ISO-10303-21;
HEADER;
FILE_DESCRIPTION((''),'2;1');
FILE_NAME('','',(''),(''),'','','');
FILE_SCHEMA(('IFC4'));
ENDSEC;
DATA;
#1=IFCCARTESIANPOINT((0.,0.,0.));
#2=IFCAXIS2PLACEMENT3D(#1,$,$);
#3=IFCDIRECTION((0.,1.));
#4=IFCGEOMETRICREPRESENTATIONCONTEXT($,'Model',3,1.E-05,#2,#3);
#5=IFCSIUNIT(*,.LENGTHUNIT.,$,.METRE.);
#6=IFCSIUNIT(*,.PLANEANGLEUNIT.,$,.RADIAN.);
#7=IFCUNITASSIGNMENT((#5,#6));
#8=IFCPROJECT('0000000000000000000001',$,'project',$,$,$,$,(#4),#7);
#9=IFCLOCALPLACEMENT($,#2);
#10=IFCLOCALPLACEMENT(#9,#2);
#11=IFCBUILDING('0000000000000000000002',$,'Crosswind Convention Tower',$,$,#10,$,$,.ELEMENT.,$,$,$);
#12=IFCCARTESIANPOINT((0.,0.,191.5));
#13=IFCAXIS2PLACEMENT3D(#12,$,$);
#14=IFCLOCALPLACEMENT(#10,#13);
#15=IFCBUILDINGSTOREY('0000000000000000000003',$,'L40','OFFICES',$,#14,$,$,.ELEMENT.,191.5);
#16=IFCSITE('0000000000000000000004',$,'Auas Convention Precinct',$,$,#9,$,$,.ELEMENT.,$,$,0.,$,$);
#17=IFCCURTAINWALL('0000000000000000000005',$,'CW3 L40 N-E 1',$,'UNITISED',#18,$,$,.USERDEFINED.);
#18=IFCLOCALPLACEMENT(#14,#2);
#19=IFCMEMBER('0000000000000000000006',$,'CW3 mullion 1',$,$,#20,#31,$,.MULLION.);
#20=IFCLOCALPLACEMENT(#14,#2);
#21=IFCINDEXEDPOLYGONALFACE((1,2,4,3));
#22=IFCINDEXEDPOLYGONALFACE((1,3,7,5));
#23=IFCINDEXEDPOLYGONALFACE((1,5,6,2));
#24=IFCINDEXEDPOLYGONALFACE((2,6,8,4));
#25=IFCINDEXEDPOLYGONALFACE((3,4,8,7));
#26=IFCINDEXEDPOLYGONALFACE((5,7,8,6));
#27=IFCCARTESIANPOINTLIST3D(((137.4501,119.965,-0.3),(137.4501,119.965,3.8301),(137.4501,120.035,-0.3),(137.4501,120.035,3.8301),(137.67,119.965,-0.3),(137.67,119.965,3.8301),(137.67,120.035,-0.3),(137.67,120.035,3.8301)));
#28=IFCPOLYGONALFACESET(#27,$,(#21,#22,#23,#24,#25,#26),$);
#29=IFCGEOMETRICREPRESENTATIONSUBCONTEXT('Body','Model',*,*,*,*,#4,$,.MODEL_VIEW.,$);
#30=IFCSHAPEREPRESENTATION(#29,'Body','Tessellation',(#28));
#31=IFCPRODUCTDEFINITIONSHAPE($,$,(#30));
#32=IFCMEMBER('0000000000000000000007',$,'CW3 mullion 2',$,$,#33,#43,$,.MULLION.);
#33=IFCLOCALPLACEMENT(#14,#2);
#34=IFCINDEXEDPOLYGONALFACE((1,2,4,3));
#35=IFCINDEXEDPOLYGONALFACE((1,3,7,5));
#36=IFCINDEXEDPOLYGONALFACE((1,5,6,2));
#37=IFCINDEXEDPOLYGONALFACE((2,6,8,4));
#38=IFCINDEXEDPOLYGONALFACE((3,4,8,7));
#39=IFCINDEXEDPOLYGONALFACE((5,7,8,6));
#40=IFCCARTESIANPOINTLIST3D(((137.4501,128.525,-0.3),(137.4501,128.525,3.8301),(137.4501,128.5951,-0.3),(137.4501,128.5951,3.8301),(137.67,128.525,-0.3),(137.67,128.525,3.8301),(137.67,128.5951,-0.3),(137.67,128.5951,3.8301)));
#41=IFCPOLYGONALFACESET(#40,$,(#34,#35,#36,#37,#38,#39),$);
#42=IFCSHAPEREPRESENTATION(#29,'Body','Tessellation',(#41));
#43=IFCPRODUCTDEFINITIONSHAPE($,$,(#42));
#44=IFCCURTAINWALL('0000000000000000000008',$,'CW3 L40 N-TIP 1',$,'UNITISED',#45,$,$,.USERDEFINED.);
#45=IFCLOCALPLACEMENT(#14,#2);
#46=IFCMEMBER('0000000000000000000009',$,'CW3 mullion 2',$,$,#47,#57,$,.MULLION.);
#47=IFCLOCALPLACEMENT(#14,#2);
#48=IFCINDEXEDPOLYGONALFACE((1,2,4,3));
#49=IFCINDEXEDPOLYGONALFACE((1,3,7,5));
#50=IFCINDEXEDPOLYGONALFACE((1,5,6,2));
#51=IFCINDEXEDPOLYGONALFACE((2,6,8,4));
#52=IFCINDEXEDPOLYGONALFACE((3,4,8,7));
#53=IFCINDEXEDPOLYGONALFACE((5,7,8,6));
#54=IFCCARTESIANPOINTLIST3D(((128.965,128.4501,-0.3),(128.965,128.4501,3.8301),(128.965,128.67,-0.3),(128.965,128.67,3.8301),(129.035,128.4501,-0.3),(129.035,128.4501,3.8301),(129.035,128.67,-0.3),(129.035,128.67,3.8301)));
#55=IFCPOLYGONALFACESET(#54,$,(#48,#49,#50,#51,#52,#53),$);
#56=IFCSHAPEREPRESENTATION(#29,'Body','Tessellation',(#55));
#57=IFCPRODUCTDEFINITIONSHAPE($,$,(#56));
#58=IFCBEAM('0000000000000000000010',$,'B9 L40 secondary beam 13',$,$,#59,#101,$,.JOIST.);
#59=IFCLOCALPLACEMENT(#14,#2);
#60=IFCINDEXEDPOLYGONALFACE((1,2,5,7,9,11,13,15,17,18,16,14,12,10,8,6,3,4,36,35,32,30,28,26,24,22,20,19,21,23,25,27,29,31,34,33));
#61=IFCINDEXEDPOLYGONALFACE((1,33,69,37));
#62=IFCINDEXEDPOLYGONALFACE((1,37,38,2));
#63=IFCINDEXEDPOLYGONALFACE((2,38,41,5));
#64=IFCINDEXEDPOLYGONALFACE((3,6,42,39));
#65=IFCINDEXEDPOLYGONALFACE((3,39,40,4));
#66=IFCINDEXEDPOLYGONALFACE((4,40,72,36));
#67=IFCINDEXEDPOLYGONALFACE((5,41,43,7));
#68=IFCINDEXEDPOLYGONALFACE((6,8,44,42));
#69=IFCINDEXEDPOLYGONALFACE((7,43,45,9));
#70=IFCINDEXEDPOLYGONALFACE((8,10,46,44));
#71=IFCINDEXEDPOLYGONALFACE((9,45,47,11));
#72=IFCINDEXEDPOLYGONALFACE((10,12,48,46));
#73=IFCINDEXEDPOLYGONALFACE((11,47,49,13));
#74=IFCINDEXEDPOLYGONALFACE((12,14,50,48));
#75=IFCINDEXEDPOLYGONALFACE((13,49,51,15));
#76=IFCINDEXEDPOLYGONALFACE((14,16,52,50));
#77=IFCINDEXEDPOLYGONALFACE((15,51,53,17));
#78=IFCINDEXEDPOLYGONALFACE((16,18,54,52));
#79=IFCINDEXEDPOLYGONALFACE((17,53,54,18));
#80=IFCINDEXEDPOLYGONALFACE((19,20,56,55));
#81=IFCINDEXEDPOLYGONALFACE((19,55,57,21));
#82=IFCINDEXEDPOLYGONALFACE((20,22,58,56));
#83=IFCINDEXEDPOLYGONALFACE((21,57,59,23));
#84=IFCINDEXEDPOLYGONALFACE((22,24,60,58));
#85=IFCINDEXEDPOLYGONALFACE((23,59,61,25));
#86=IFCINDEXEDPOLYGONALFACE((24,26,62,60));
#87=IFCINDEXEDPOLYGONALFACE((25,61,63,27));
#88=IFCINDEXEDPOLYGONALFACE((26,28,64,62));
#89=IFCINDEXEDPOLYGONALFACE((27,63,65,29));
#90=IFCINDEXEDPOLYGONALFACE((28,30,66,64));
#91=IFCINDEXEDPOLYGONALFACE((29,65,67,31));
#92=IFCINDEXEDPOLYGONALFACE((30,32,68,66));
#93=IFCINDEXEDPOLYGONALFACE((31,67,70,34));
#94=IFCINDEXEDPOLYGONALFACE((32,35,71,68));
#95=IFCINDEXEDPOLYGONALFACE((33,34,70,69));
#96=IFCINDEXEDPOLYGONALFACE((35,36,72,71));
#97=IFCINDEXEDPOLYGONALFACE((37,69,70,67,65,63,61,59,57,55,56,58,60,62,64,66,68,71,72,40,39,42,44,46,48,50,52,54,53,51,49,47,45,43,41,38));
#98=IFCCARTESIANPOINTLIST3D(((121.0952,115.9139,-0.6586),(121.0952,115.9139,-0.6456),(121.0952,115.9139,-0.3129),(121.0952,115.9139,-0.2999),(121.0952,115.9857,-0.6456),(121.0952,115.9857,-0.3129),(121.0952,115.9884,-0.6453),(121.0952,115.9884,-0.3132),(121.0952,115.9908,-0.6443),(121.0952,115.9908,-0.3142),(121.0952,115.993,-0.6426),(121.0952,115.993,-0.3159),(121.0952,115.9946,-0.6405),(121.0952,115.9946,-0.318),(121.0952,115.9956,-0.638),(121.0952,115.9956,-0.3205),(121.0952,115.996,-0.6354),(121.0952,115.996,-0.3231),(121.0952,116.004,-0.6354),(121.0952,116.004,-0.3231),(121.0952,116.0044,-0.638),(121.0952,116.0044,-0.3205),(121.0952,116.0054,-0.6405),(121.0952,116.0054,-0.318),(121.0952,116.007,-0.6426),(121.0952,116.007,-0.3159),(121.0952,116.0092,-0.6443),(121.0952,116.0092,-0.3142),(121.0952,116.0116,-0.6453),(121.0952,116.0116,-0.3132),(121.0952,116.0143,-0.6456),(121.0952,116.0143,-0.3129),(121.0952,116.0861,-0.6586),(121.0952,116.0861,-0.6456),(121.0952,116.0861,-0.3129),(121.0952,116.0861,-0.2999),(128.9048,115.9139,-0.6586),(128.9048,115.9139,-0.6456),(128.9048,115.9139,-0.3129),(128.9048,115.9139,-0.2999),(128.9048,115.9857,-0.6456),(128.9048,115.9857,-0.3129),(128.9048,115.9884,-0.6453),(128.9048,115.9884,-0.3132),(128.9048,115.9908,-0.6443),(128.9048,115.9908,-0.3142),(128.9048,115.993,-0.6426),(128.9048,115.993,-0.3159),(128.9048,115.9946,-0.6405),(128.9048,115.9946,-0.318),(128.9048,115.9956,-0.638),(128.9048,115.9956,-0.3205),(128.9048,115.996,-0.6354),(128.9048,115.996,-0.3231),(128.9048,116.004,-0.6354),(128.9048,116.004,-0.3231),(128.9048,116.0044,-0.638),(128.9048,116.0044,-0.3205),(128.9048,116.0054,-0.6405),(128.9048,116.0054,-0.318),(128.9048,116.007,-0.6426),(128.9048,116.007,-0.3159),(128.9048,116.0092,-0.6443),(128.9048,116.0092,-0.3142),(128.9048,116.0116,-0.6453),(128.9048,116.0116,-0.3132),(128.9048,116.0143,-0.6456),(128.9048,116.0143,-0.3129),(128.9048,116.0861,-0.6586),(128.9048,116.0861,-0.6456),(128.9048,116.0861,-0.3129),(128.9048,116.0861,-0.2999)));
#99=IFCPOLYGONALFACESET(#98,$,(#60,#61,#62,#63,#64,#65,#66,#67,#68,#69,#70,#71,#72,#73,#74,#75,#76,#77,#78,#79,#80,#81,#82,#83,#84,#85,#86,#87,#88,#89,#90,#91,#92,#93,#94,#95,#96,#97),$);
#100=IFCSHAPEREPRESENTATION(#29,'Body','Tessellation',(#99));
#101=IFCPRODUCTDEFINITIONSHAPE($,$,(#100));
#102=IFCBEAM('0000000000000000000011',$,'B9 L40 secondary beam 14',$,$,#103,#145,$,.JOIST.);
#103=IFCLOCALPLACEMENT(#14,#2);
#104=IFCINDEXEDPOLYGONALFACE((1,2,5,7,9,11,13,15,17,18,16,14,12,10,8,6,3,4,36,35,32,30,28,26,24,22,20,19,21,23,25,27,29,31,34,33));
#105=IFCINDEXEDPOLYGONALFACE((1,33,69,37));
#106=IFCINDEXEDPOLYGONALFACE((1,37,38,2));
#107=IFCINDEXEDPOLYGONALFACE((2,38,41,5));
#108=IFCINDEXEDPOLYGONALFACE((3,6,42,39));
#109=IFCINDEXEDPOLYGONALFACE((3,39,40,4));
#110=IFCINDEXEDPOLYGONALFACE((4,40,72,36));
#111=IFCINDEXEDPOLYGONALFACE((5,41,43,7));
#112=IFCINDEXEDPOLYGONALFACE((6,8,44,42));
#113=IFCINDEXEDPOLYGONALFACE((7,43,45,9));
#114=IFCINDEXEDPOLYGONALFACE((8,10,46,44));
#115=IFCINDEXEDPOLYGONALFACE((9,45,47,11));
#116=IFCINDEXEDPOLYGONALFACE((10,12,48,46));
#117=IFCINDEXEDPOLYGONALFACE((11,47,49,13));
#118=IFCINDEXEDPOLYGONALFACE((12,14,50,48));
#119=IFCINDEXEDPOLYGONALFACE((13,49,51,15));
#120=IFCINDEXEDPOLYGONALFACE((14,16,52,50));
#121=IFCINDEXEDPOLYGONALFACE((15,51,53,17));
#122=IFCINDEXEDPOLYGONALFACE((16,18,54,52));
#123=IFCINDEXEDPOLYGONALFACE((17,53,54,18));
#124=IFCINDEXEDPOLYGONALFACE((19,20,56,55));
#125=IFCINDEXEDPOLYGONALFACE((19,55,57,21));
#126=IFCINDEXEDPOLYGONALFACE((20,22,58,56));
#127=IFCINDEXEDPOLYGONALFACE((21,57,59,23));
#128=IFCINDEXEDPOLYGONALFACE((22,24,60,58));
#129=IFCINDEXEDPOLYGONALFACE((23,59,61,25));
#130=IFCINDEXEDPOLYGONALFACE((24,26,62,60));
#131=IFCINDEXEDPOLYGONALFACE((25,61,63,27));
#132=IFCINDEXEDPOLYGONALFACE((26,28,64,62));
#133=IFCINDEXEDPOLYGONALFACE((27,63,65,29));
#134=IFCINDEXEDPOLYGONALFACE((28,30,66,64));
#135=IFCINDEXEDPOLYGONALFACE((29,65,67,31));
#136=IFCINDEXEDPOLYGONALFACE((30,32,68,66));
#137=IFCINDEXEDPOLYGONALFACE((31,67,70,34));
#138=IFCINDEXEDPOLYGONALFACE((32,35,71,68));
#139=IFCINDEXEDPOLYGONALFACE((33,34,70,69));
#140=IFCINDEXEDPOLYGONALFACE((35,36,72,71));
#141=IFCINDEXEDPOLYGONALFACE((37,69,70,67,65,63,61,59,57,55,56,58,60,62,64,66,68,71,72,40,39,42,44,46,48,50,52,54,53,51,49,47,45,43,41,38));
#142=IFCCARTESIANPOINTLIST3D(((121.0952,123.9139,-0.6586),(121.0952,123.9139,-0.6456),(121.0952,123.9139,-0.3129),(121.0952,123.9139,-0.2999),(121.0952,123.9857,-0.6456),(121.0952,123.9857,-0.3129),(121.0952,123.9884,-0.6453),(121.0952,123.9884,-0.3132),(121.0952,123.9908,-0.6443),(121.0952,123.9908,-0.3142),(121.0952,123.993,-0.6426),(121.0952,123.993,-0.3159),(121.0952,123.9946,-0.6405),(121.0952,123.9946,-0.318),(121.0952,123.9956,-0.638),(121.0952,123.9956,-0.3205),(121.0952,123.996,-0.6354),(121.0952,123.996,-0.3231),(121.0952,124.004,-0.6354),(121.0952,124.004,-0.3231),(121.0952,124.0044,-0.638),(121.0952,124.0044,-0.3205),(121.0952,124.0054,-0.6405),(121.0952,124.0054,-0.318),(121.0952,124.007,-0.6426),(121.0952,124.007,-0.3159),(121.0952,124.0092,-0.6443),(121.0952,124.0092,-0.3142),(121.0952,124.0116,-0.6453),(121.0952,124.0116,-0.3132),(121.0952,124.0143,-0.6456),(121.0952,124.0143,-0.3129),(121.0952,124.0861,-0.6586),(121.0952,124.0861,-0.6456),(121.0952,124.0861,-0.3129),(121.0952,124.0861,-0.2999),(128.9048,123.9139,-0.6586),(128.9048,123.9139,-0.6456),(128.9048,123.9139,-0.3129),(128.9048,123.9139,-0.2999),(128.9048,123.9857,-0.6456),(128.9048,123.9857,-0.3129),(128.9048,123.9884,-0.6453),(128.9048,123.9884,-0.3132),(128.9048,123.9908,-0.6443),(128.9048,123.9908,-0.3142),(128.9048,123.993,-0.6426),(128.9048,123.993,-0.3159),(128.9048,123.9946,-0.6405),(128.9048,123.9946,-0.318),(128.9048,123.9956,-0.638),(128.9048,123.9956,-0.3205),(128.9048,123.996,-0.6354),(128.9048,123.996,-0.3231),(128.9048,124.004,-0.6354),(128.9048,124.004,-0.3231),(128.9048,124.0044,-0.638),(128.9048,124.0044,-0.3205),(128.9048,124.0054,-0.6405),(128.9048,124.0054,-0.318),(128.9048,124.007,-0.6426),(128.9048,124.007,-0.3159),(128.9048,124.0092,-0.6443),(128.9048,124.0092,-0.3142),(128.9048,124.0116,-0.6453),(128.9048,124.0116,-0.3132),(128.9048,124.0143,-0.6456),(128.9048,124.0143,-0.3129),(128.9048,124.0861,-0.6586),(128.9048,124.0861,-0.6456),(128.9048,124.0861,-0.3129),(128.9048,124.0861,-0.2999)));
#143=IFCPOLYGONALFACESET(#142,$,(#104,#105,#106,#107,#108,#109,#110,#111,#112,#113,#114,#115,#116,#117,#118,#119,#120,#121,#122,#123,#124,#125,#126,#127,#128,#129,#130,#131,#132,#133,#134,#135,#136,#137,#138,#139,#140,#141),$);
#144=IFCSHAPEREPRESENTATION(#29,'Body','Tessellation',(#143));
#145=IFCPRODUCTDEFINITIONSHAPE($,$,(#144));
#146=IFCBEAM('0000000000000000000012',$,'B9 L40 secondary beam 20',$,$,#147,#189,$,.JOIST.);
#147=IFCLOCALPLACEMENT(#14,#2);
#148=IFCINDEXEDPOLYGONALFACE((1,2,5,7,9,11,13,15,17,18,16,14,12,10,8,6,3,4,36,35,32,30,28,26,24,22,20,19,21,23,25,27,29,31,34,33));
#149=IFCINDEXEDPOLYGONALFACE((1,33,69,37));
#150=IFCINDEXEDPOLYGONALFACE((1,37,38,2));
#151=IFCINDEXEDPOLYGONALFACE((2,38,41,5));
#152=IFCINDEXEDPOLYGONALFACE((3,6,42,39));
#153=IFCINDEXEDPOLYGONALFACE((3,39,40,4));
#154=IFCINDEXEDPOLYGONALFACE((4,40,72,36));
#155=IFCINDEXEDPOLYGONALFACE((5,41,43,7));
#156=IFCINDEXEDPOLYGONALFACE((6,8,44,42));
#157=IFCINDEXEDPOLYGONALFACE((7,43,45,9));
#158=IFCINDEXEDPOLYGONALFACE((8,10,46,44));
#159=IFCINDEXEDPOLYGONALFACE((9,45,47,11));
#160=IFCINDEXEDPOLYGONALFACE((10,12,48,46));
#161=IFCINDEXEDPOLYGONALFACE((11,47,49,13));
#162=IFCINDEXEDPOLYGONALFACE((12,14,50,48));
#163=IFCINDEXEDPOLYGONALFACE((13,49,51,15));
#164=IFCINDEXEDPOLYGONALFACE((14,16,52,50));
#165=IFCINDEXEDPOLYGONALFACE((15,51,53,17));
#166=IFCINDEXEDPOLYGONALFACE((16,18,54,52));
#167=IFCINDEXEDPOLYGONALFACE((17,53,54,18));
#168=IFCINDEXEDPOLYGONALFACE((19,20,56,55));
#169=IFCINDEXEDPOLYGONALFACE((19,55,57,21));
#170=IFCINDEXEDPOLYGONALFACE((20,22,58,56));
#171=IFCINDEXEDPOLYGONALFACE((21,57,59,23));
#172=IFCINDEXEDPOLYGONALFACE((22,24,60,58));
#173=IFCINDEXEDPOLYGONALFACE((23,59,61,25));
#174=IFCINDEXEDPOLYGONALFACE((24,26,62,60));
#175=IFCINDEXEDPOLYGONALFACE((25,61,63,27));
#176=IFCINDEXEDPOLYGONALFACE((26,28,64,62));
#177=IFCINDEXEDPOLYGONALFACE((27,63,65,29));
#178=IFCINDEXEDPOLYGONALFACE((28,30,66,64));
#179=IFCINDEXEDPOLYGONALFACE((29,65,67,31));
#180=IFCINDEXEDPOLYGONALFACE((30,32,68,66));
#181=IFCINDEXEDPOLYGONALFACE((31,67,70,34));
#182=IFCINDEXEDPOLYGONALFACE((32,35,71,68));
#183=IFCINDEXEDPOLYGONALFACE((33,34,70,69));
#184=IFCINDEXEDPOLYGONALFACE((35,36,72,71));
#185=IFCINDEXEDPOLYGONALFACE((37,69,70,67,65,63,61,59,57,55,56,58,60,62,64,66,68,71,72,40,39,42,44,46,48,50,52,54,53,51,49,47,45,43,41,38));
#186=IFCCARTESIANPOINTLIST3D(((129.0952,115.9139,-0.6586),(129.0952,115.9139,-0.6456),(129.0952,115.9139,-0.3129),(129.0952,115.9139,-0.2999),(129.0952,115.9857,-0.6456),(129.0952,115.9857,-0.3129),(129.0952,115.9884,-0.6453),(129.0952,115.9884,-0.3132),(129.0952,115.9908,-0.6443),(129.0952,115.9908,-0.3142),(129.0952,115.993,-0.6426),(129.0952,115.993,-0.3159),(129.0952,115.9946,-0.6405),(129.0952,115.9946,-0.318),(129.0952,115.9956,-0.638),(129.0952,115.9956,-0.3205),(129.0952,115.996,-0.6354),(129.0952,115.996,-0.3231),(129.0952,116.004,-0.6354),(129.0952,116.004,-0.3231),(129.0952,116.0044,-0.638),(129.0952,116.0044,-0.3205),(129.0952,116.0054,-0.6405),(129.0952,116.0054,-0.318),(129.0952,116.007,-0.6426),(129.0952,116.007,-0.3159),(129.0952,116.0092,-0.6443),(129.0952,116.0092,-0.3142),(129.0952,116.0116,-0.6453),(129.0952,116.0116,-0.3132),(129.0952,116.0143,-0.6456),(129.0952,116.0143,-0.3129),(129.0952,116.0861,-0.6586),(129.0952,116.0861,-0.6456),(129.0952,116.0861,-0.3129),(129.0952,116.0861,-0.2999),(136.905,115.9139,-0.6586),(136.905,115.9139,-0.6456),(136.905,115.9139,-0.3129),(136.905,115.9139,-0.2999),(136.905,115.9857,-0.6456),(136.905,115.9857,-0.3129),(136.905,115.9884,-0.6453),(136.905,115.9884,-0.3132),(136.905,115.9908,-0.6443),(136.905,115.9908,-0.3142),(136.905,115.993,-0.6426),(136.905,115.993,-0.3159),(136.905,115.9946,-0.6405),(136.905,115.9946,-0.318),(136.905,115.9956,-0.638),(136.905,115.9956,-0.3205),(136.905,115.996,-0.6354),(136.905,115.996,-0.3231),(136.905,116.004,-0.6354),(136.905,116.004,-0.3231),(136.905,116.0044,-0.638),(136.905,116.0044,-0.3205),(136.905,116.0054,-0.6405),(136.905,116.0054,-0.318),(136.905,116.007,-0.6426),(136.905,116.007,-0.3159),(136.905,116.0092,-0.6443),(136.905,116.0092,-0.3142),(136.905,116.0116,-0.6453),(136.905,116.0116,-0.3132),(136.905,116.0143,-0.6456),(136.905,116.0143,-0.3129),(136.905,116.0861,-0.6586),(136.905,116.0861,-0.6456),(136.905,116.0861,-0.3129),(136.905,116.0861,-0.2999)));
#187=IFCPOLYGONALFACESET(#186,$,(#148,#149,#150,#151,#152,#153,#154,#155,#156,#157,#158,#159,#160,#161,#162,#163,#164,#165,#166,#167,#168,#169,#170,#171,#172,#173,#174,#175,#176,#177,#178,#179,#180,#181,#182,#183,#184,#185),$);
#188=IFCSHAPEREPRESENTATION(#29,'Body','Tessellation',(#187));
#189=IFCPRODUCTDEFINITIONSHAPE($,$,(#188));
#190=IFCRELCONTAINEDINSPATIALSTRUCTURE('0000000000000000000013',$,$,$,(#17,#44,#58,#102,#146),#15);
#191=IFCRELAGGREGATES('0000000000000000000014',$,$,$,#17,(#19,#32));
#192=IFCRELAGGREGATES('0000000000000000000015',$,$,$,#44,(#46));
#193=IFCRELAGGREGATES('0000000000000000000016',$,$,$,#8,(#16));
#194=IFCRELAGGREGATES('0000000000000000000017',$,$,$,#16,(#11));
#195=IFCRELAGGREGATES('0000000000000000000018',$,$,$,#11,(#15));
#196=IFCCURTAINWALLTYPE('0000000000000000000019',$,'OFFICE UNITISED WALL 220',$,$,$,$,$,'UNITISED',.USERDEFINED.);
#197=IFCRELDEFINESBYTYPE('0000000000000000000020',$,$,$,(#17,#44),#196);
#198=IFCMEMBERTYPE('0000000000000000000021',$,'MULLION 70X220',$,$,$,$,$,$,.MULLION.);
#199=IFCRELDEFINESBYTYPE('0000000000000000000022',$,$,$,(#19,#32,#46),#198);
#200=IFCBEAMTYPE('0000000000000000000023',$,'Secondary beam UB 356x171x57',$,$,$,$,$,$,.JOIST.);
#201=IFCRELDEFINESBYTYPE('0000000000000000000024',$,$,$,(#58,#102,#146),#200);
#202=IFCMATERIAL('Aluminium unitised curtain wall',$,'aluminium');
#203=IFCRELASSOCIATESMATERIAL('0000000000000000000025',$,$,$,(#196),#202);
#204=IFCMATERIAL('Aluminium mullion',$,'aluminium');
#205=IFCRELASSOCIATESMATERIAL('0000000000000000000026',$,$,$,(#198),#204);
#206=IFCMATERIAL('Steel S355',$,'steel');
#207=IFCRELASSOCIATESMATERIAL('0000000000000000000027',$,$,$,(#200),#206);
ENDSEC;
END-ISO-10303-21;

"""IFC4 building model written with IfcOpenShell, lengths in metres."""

from ifc_helpers import new_model, si_unit, direction, frame, origin, origin_2d, place, context, subcontext, project, spatial, rectangle, i_section, extrude, material, material_profile, profile_set, type_object, element, aggregate, save


model = new_model("IFC4")

# Units and contexts
model_context = context("Model", 3, precision=1e-05, world=origin(), true_north=direction((0.0, 1.0)))
body_context = subcontext(model_context, "Body", "Model", "MODEL_VIEW")
ifc_project = project(units=[si_unit("LENGTHUNIT", "METRE"), si_unit("PLANEANGLEUNIT", "RADIAN")], contexts=[model_context])

# Site, building, storey
site_placement = place(None, origin())
site = spatial("IfcSite", under=ifc_project, at=site_placement, Name="Auas Convention Precinct", CompositionType="ELEMENT", RefElevation=0.0)
building_placement = place(site_placement, origin())
building = spatial("IfcBuilding", under=site, at=building_placement, Name="Crosswind Convention Tower", CompositionType="ELEMENT")
storey_placement = place(building_placement, frame((0.0, 0.0, 191.5)))
storey = spatial("IfcBuildingStorey", under=building, at=storey_placement, Name="L40", Description="OFFICES", CompositionType="ELEMENT", Elevation=191.5)

# Shared definitions
ifc_material_1 = material(Name="Steel S355", Category="steel")

# Shared definitions
ifc_material_2 = material(Name="Aluminium unitised curtain wall", Category="aluminium")
ifc_material_3 = material(Name="Aluminium mullion", Category="aluminium")

# Curtain wall, members
curtain_wall_type_1 = type_object("IfcCurtainWallType", Name="OFFICE UNITISED WALL 220", ElementType="UNITISED", PredefinedType="USERDEFINED", material=ifc_material_2)
curtain_wall_1_placement = place(storey_placement, origin())
curtain_wall_1 = element("IfcCurtainWall", 1, at=curtain_wall_1_placement, inside=storey, type_object=curtain_wall_type_1, Name="CW3 L40 N-E 1", ObjectType="UNITISED", PredefinedType="USERDEFINED")
ifc_material_profile_1 = material_profile(ifc_material_3, rectangle(XDim=0.22, YDim=0.0701, at=origin_2d()), Name="AL 220X70")
ifc_profile_set_1 = profile_set([ifc_material_profile_1], Name="Aluminium mullion")
member_type_1 = type_object("IfcMemberType", Name="MULLION 70X220", PredefinedType="MULLION", material=ifc_profile_set_1)
member_1_placement = place(storey_placement, frame((137.5601, 120.0, -0.3), z_axis=(0.0, 0.0, 1.0), x_axis=(1.0, 0.0, 0.0)))
member_1 = element("IfcMember", 2, at=member_1_placement, type_object=member_type_1, Name="CW3 mullion 1", PredefinedType="MULLION", context=body_context, shape_type="SweptSolid", body=[
    extrude(rectangle(XDim=0.22, YDim=0.0701, at=origin_2d()), origin(), (0.0, 0.0, 1.0), 4.1301),
])
member_2_placement = place(storey_placement, frame((137.5601, 128.5601, -0.3), z_axis=(0.0, 0.0, 1.0), x_axis=(1.0, 0.0, 0.0)))
member_2 = element("IfcMember", 3, at=member_2_placement, type_object=member_type_1, Name="CW3 mullion 2", PredefinedType="MULLION", context=body_context, shape_type="SweptSolid", body=[
    extrude(rectangle(XDim=0.22, YDim=0.0701, at=origin_2d()), origin(), (0.0, 0.0, 1.0), 4.1301),
])

# Curtain wall, member
curtain_wall_2_placement = place(storey_placement, origin())
curtain_wall_2 = element("IfcCurtainWall", 4, at=curtain_wall_2_placement, inside=storey, type_object=curtain_wall_type_1, Name="CW3 L40 N-TIP 1", ObjectType="UNITISED", PredefinedType="USERDEFINED")
member_3_placement = place(storey_placement, frame((129.0, 128.5601, -0.3), z_axis=(0.0, 0.0, 1.0), x_axis=(0.0, 1.0, 0.0)))
member_3 = element("IfcMember", 5, at=member_3_placement, type_object=member_type_1, Name="CW3 mullion 2", PredefinedType="MULLION", context=body_context, shape_type="SweptSolid", body=[
    extrude(rectangle(XDim=0.22, YDim=0.0701, at=origin_2d()), origin(), (0.0, 0.0, 1.0), 4.1301),
])

# Beams
ifc_material_profile_2 = material_profile(ifc_material_1, i_section(OverallWidth=0.1721, OverallDepth=0.3586, WebThickness=0.0081, FlangeThickness=0.0129, FilletRadius=0.0103, at=origin_2d()), Name="UB 356x171x57")
ifc_profile_set_2 = profile_set([ifc_material_profile_2], Name="Steel S355")
beam_type_1 = type_object("IfcBeamType", Name="Secondary beam UB 356x171x57", PredefinedType="JOIST", material=ifc_profile_set_2)
for number, where, z_axis, x_axis, name in (
    (6, (121.0952, 116.0, -0.4792), (1.0, 0.0, 0.0), (0.0, 1.0, 0.0), "B9 L40 secondary beam 13"),
    (7, (121.0952, 124.0, -0.4792), (1.0, 0.0, 0.0), (0.0, 1.0, 0.0), "B9 L40 secondary beam 14"),
):
    element("IfcBeam", number, at=place(storey_placement, frame(where, z_axis=z_axis, x_axis=x_axis)), inside=storey, type_object=beam_type_1, Name=name, PredefinedType="JOIST", context=body_context, shape_type="SweptSolid", body=[
        extrude(i_section(OverallWidth=0.1721, OverallDepth=0.3586, WebThickness=0.0081, FlangeThickness=0.0129, FilletRadius=0.0103, at=origin_2d()), origin(), (0.0, 0.0, 1.0), 7.8096),
    ])
for number, where, z_axis, x_axis, name in (
    (8, (129.0952, 116.0, -0.4792), (1.0, 0.0, 0.0), (0.0, 1.0, 0.0), "B9 L40 secondary beam 20"),
):
    element("IfcBeam", number, at=place(storey_placement, frame(where, z_axis=z_axis, x_axis=x_axis)), inside=storey, type_object=beam_type_1, Name=name, PredefinedType="JOIST", context=body_context, shape_type="SweptSolid", body=[
        extrude(i_section(OverallWidth=0.1721, OverallDepth=0.3586, WebThickness=0.0081, FlangeThickness=0.0129, FilletRadius=0.0103, at=origin_2d()), origin(), (0.0, 0.0, 1.0), 7.8098),
    ])

aggregate(curtain_wall_1, [member_1, member_2])
aggregate(curtain_wall_2, [member_3])

save(model, "model.ifc")
